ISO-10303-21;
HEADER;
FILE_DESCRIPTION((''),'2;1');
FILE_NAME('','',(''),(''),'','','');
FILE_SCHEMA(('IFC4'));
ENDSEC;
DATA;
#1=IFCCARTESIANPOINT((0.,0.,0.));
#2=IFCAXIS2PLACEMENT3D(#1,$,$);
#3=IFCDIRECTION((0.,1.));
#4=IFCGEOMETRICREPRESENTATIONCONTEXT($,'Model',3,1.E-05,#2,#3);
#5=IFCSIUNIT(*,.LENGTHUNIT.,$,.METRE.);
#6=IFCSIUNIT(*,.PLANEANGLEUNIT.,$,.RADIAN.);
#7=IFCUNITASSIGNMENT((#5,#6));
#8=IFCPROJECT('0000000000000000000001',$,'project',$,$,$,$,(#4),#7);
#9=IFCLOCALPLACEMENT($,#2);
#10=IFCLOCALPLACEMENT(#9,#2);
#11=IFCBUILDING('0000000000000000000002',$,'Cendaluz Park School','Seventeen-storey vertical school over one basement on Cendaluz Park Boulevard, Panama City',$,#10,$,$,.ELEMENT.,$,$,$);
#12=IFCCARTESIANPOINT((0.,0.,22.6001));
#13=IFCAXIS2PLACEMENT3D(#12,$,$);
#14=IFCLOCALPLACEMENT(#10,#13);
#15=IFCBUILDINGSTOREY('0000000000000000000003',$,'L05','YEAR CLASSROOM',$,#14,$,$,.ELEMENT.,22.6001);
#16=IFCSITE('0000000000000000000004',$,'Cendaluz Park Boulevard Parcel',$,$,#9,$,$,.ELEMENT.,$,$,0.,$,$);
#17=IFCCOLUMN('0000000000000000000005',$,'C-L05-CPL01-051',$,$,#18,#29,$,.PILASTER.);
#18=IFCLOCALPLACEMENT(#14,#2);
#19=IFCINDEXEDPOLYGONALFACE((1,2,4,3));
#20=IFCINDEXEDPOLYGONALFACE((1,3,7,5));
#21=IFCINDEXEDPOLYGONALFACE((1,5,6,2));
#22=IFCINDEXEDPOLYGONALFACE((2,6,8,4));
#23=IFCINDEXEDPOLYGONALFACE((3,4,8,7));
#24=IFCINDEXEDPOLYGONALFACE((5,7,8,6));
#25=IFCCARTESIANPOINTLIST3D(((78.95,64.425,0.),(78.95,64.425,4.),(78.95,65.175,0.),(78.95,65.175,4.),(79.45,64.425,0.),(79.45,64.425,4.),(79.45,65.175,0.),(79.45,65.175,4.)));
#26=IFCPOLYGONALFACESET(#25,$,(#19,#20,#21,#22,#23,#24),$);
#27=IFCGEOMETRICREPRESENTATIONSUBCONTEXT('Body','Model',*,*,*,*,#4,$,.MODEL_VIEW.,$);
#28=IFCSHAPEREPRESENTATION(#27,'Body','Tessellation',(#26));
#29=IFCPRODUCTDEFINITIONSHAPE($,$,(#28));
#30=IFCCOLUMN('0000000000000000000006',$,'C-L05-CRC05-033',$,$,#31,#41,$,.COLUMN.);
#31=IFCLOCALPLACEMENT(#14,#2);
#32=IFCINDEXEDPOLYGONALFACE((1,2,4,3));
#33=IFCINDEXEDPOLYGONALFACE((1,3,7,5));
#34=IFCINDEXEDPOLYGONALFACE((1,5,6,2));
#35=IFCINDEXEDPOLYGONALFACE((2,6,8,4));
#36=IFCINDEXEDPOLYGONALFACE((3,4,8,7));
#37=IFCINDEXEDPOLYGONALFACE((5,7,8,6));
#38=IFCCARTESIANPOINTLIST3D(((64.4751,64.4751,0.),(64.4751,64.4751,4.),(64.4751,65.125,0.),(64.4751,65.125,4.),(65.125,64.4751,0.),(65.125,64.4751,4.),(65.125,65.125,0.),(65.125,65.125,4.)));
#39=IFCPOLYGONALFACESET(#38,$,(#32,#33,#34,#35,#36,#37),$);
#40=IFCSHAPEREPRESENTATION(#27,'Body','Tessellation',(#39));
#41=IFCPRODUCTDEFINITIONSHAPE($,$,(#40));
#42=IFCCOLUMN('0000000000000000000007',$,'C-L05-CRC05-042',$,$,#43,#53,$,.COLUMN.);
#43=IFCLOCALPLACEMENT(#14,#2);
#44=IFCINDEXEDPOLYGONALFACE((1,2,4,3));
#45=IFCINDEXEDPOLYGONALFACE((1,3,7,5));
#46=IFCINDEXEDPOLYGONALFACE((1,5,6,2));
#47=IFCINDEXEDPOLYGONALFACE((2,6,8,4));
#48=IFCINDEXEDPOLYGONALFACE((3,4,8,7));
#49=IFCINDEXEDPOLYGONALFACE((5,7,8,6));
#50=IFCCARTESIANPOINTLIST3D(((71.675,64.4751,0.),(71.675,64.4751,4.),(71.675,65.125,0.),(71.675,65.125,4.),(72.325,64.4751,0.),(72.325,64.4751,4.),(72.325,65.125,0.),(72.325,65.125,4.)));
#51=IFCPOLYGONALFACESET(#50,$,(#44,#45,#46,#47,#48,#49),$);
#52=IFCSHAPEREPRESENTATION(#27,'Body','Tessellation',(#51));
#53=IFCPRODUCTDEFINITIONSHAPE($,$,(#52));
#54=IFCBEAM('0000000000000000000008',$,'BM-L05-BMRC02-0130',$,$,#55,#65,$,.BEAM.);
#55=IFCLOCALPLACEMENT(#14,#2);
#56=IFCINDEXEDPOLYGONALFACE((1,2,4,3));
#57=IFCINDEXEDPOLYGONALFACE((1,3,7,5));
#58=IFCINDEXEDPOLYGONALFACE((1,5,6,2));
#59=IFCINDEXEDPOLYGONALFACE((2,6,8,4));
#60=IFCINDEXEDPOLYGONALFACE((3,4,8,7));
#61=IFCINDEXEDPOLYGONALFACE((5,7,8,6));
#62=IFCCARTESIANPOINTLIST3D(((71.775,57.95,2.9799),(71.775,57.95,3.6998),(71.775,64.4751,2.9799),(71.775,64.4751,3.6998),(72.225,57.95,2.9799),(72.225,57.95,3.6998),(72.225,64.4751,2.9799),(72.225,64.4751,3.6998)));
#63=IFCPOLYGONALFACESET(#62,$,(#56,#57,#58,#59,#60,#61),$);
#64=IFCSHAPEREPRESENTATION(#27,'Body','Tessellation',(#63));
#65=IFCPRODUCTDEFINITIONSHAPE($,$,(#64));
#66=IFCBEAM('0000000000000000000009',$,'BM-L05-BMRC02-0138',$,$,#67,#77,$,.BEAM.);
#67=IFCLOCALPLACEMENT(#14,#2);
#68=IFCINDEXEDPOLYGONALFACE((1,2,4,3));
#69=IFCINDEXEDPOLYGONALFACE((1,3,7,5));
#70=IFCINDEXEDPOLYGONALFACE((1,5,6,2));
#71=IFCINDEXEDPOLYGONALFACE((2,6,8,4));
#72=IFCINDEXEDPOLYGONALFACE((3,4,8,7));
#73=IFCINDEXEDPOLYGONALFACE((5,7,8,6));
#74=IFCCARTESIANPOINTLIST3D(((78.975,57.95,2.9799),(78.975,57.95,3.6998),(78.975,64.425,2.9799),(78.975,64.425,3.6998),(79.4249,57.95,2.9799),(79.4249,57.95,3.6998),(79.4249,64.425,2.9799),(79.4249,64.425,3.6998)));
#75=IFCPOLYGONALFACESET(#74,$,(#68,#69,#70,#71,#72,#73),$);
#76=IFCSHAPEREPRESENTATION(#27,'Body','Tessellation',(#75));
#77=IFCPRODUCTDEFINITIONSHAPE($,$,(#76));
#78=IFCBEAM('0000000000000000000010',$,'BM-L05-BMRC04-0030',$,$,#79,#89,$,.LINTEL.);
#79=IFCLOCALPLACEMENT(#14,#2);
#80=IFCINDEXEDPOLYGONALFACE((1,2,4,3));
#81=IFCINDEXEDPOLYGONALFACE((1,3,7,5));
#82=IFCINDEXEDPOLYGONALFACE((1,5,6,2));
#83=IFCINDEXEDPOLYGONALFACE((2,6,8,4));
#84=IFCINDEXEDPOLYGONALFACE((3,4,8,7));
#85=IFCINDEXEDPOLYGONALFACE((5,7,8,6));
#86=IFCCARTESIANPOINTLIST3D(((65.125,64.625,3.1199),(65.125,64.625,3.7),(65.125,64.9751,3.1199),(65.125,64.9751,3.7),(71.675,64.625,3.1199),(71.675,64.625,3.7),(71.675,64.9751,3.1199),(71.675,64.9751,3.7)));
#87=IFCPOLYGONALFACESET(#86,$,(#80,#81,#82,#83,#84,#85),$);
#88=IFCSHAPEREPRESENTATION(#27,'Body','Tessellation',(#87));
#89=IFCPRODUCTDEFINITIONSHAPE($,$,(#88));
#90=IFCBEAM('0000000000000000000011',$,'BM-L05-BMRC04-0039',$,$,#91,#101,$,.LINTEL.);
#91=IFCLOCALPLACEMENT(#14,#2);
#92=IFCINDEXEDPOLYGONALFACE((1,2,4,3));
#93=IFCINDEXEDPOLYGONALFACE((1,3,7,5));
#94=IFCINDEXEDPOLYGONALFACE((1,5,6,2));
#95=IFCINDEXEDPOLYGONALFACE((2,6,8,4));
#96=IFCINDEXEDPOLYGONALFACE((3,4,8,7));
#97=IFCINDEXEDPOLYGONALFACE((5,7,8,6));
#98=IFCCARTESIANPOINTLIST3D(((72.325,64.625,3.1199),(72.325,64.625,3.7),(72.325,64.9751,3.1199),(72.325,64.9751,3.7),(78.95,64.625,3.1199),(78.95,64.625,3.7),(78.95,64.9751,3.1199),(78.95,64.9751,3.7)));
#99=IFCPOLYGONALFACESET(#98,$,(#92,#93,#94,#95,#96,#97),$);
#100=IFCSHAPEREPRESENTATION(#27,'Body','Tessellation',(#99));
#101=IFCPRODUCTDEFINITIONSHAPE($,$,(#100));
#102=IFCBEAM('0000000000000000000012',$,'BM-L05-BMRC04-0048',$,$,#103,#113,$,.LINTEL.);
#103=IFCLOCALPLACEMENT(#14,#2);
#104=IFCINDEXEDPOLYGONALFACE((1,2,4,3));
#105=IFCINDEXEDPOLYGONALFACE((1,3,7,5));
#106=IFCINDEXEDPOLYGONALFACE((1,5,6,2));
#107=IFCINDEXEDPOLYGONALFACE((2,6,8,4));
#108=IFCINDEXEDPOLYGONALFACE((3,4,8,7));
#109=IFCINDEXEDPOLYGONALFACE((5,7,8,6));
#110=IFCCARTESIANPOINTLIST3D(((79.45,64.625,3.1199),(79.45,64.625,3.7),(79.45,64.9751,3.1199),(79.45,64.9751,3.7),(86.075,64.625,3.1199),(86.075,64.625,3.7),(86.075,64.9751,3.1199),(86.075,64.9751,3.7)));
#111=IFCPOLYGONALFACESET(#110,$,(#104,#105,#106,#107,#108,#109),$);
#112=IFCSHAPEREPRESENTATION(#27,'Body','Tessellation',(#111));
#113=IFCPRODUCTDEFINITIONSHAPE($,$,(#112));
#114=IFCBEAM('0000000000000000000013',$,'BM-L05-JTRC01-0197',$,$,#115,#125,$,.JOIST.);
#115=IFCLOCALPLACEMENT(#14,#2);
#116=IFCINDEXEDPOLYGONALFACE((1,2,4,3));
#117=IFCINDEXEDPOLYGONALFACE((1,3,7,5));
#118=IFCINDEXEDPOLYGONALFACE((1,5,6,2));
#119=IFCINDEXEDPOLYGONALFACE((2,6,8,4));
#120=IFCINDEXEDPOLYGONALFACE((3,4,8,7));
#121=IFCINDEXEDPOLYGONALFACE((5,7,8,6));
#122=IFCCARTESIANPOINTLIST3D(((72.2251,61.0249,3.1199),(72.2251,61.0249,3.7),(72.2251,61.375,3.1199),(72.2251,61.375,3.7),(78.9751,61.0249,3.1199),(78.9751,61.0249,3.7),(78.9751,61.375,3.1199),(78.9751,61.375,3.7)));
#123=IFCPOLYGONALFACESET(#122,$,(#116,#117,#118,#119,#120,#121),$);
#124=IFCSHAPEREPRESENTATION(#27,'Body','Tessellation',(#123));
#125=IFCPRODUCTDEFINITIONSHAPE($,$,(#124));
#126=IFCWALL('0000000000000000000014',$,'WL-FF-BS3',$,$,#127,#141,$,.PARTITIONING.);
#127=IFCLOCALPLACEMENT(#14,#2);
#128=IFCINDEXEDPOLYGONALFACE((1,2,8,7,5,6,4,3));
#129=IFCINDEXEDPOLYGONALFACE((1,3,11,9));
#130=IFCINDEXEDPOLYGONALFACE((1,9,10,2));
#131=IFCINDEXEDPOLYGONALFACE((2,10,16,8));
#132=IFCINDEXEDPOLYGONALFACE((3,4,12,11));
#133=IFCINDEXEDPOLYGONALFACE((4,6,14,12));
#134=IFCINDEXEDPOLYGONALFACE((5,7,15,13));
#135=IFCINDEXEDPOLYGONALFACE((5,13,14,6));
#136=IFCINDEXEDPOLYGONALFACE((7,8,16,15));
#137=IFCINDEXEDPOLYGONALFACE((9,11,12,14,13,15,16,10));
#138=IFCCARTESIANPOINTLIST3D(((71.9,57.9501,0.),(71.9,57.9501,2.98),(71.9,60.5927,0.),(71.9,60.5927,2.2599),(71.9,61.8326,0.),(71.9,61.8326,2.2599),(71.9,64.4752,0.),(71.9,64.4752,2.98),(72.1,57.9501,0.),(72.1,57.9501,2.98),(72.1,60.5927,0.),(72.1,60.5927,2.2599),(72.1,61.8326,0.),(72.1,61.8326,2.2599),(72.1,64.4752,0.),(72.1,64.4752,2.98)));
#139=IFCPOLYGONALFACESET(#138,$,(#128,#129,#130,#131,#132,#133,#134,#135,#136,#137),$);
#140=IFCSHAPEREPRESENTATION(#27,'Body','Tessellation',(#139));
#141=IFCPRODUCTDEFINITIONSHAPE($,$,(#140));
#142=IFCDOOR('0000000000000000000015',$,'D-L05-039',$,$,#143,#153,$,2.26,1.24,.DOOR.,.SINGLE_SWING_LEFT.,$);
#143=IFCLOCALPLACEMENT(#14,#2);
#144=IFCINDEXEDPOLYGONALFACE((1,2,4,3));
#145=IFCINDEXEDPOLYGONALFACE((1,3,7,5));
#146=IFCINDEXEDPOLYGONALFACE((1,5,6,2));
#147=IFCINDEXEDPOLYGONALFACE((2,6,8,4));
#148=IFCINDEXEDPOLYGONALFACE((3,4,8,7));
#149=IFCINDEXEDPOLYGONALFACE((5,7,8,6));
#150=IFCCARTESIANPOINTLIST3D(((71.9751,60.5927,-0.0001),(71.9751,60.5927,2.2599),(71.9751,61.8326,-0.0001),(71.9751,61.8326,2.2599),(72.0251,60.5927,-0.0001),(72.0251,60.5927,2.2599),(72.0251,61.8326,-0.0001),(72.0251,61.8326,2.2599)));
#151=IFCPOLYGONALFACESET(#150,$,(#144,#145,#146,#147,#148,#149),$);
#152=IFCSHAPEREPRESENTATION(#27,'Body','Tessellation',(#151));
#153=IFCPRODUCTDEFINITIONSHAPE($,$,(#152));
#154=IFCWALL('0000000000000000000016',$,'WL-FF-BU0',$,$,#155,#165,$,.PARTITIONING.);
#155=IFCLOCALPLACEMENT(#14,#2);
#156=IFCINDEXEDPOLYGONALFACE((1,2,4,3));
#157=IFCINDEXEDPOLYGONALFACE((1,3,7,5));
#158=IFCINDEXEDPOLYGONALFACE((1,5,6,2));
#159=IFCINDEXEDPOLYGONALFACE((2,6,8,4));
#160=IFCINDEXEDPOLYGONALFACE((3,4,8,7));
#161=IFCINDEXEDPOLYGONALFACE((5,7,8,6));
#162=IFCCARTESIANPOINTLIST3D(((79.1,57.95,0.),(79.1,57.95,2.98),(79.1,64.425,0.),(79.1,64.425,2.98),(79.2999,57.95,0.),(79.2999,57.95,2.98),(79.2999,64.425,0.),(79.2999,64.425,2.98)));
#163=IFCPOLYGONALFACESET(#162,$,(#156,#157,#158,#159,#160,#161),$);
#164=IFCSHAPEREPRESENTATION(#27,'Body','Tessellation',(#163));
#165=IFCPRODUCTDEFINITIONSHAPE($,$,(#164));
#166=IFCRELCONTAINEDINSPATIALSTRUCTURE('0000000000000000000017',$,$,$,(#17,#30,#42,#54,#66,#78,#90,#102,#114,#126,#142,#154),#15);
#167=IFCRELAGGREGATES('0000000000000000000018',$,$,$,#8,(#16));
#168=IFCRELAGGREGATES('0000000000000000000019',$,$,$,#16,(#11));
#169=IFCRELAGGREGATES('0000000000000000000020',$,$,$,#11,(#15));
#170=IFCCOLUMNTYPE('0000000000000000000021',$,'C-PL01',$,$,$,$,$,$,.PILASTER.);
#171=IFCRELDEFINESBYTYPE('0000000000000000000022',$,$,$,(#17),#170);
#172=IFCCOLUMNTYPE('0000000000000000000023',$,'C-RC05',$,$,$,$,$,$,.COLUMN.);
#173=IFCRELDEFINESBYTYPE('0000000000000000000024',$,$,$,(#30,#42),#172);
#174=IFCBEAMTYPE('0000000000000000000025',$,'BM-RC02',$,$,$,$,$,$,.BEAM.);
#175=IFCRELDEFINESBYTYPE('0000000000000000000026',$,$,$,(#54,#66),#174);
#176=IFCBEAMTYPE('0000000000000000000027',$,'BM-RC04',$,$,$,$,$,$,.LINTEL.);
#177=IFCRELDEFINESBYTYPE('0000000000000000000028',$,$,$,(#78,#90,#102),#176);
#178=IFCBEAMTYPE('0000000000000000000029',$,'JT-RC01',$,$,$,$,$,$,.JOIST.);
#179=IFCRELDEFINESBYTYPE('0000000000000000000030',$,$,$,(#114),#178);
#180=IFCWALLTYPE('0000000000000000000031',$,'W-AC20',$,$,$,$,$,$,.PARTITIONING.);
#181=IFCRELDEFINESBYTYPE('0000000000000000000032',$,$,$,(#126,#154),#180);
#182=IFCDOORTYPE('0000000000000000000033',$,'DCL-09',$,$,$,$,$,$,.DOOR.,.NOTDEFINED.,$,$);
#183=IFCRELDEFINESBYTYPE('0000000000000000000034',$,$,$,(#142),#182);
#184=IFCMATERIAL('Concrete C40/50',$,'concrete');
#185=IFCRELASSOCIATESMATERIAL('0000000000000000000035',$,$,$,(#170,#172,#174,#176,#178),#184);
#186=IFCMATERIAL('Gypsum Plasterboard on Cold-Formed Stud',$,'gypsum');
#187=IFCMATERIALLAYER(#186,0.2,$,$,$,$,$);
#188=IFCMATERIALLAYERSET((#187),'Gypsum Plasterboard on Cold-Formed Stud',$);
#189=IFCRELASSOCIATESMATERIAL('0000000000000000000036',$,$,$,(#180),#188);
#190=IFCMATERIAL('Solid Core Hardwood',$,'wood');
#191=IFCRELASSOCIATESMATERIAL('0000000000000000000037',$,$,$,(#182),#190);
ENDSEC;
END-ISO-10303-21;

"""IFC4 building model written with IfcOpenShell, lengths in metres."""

from ifc_helpers import new_model, si_unit, direction, frame, frame_2d, origin, origin_2d, place, context, subcontext, project, spatial, rectangle, extrude, material, layer, layer_set, material_profile, profile_set, type_object, element, fill, save


model = new_model("IFC4")

# Units and contexts
model_context = context("Model", 3, precision=1e-05, world=origin(), true_north=direction((0.0, 1.0)))
body_context = subcontext(model_context, "Body", "Model", "MODEL_VIEW")
ifc_project = project(units=[si_unit("LENGTHUNIT", "METRE"), si_unit("PLANEANGLEUNIT", "RADIAN")], contexts=[model_context])

# Site, building, storey
site_placement = place(None, origin())
site = spatial("IfcSite", under=ifc_project, at=site_placement, Name="Cendaluz Park Boulevard Parcel", CompositionType="ELEMENT", RefElevation=0.0)
building_placement = place(site_placement, origin())
building = spatial("IfcBuilding", under=site, at=building_placement, Name="Cendaluz Park School", Description="Seventeen-storey vertical school over one basement on Cendaluz Park Boulevard, Panama City", CompositionType="ELEMENT")
storey_placement = place(building_placement, frame((0.0, 0.0, 22.6001)))
storey = spatial("IfcBuildingStorey", under=building, at=storey_placement, Name="L05", Description="YEAR CLASSROOM", CompositionType="ELEMENT", Elevation=22.6001)

# Columns
ifc_material_1 = material(Name="Concrete C40/50", Category="concrete")
ifc_material_profile_1 = material_profile(ifc_material_1, rectangle(XDim=0.5, YDim=0.75, at=origin_2d()), Name="RC 500x750", Category="concrete")
ifc_profile_set_1 = profile_set([ifc_material_profile_1], Name="Concrete C40/50")
column_type_1 = type_object("IfcColumnType", Name="C-PL01", PredefinedType="PILASTER", material=ifc_profile_set_1)
column_placement = place(storey_placement, frame((79.2, 64.8, 0.0), z_axis=(0.0, 0.0, 1.0), x_axis=(1.0, 0.0, 0.0)))
element("IfcColumn", 1, at=column_placement, inside=storey, type_object=column_type_1, Name="C-L05-CPL01-051", PredefinedType="PILASTER", context=body_context, shape_type="SweptSolid", body=[
    extrude(rectangle(XDim=0.5, YDim=0.75, at=origin_2d()), origin(), (0.0, 0.0, 1.0), 4.0),
])
ifc_material_profile_2 = material_profile(ifc_material_1, rectangle(XDim=0.6499, YDim=0.6499, at=origin_2d()), Name="RC 650x650", Category="concrete")
ifc_profile_set_2 = profile_set([ifc_material_profile_2], Name="Concrete C40/50")
column_type_2 = type_object("IfcColumnType", Name="C-RC05", PredefinedType="COLUMN", material=ifc_profile_set_2)
for number, where, z_axis, x_axis, name in (
    (2, (64.8, 64.8, 0.0), (0.0, 0.0, 1.0), (1.0, 0.0, 0.0), "C-L05-CRC05-033"),
    (3, (72.0, 64.8, 0.0), (0.0, 0.0, 1.0), (1.0, 0.0, 0.0), "C-L05-CRC05-042"),
):
    element("IfcColumn", number, at=place(storey_placement, frame(where, z_axis=z_axis, x_axis=x_axis)), inside=storey, type_object=column_type_2, Name=name, PredefinedType="COLUMN", context=body_context, shape_type="SweptSolid", body=[
        extrude(rectangle(XDim=0.6499, YDim=0.6499, at=origin_2d()), origin(), (0.0, 0.0, 1.0), 4.0),
    ])

# Beams
ifc_material_profile_3 = material_profile(ifc_material_1, rectangle(XDim=0.45, YDim=0.72, at=origin_2d()), Name="RC 450x720", Category="concrete")
ifc_profile_set_3 = profile_set([ifc_material_profile_3], Name="Concrete C40/50")
beam_type_1 = type_object("IfcBeamType", Name="BM-RC02", PredefinedType="BEAM", material=ifc_profile_set_3)
beam_1_placement = place(storey_placement, frame((72.0, 57.95, 3.3398), z_axis=(0.0, 1.0, 0.0), x_axis=(-1.0, 0.0, 0.0)))
element("IfcBeam", 4, at=beam_1_placement, inside=storey, type_object=beam_type_1, Name="BM-L05-BMRC02-0130", PredefinedType="BEAM", context=body_context, shape_type="SweptSolid", body=[
    extrude(rectangle(XDim=0.45, YDim=0.72, at=origin_2d()), origin(), (0.0, 0.0, 1.0), 6.5251),
])
beam_2_placement = place(storey_placement, frame((79.2, 57.95, 3.3398), z_axis=(0.0, 1.0, 0.0), x_axis=(-1.0, 0.0, 0.0)))
element("IfcBeam", 5, at=beam_2_placement, inside=storey, type_object=beam_type_1, Name="BM-L05-BMRC02-0138", PredefinedType="BEAM", context=body_context, shape_type="SweptSolid", body=[
    extrude(rectangle(XDim=0.45, YDim=0.72, at=origin_2d()), origin(), (0.0, 0.0, 1.0), 6.4751),
])
ifc_material_profile_4 = material_profile(ifc_material_1, rectangle(XDim=0.3501, YDim=0.5801, at=origin_2d()), Name="RC 350x580", Category="concrete")
ifc_profile_set_4 = profile_set([ifc_material_profile_4], Name="Concrete C40/50")
beam_type_2 = type_object("IfcBeamType", Name="BM-RC04", PredefinedType="LINTEL", material=ifc_profile_set_4)
beam_3_placement = place(storey_placement, frame((65.125, 64.8, 3.4099), z_axis=(1.0, 0.0, 0.0), x_axis=(0.0, 1.0, 0.0)))
element("IfcBeam", 6, at=beam_3_placement, inside=storey, type_object=beam_type_2, Name="BM-L05-BMRC04-0030", PredefinedType="LINTEL", context=body_context, shape_type="SweptSolid", body=[
    extrude(rectangle(XDim=0.3501, YDim=0.5801, at=origin_2d()), origin(), (0.0, 0.0, 1.0), 6.55),
])
for number, where, z_axis, x_axis, name in (
    (7, (72.325, 64.8, 3.4099), (1.0, 0.0, 0.0), (0.0, 1.0, 0.0), "BM-L05-BMRC04-0039"),
    (8, (79.45, 64.8, 3.4099), (1.0, 0.0, 0.0), (0.0, 1.0, 0.0), "BM-L05-BMRC04-0048"),
):
    element("IfcBeam", number, at=place(storey_placement, frame(where, z_axis=z_axis, x_axis=x_axis)), inside=storey, type_object=beam_type_2, Name=name, PredefinedType="LINTEL", context=body_context, shape_type="SweptSolid", body=[
        extrude(rectangle(XDim=0.3501, YDim=0.5801, at=origin_2d()), origin(), (0.0, 0.0, 1.0), 6.625),
    ])
ifc_material_profile_5 = material_profile(ifc_material_1, rectangle(XDim=0.3501, YDim=0.5801, at=origin_2d()), Name="RC 350x580", Category="concrete")
ifc_profile_set_5 = profile_set([ifc_material_profile_5], Name="Concrete C40/50")
beam_type_3 = type_object("IfcBeamType", Name="JT-RC01", PredefinedType="JOIST", material=ifc_profile_set_5)
beam_4_placement = place(storey_placement, frame((72.2251, 61.2, 3.4099), z_axis=(1.0, 0.0, 0.0), x_axis=(0.0, 1.0, 0.0)))
element("IfcBeam", 9, at=beam_4_placement, inside=storey, type_object=beam_type_3, Name="BM-L05-JTRC01-0197", PredefinedType="JOIST", context=body_context, shape_type="SweptSolid", body=[
    extrude(rectangle(XDim=0.3501, YDim=0.5801, at=origin_2d()), origin(), (0.0, 0.0, 1.0), 6.75),
])

# Wall, opening, door
ifc_material_2 = material(Name="Gypsum Plasterboard on Cold-Formed Stud", Category="gypsum")
ifc_layer_1 = layer(ifc_material_2, 0.2)
ifc_layer_set_1 = layer_set([ifc_layer_1], Name="Gypsum Plasterboard on Cold-Formed Stud")
wall_type_1 = type_object("IfcWallType", Name="W-AC20", PredefinedType="PARTITIONING", material=ifc_layer_set_1)
wall_1_placement = place(storey_placement, frame((72.0, 57.95, 0.0), z_axis=(0.0, 0.0, 1.0), x_axis=(0.0, 1.0, 0.0)))
wall_1 = element("IfcWall", 10, at=wall_1_placement, inside=storey, type_object=wall_type_1, Name="WL-FF-BS3", PredefinedType="PARTITIONING", context=body_context, shape_type="SweptSolid", body=[
    extrude(rectangle(XDim=6.5251, YDim=0.2, at=frame_2d((3.2627, 0.0))), origin(), (0.0, 0.0, 1.0), 2.98),
])
opening_1_placement = place(wall_1_placement, frame((2.6426, 0.0, 0.0)))
opening_1 = element("IfcOpeningElement", 11, at=opening_1_placement, cuts=wall_1, PredefinedType="OPENING", context=body_context, shape_type="SweptSolid", body=[
    extrude(rectangle(XDim=1.24, YDim=2.26, at=frame_2d((0.6201, 1.1299))), frame((0.0, 0.1121, 0.0), z_axis=(0.0, -1.0, 0.0), x_axis=(1.0, 0.0, 0.0)), (0.0, 0.0, 1.0), 0.2239),
])
ifc_material_3 = material(Name="Solid Core Hardwood", Category="wood")
door_type = type_object("IfcDoorType", Name="DCL-09", OperationType="NOTDEFINED", PredefinedType="DOOR", material=ifc_material_3)
door_placement = place(opening_1_placement, origin())
door = element("IfcDoor", 12, at=door_placement, inside=storey, type_object=door_type, Name="D-L05-039", OperationType="SINGLE_SWING_LEFT", OverallHeight=2.26, OverallWidth=1.24, PredefinedType="DOOR", context=body_context, shape_type="SweptSolid", body=[
    extrude(rectangle(XDim=1.24, YDim=2.26, at=frame_2d((0.6201, 1.1299))), frame((0.0, 0.0249, 0.0), z_axis=(0.0, -1.0, 0.0), x_axis=(1.0, 0.0, 0.0)), (0.0, 0.0, 1.0), 0.05),
])
fill(opening_1, door)

# Wall
wall_2_placement = place(storey_placement, frame((79.2, 57.95, 0.0), z_axis=(0.0, 0.0, 1.0), x_axis=(0.0, 1.0, 0.0)))
element("IfcWall", 13, at=wall_2_placement, inside=storey, type_object=wall_type_1, Name="WL-FF-BU0", PredefinedType="PARTITIONING", context=body_context, shape_type="SweptSolid", body=[
    extrude(rectangle(XDim=6.4751, YDim=0.2, at=frame_2d((3.2375, 0.0))), origin(), (0.0, 0.0, 1.0), 2.98),
])

save(model, "model.ifc")
